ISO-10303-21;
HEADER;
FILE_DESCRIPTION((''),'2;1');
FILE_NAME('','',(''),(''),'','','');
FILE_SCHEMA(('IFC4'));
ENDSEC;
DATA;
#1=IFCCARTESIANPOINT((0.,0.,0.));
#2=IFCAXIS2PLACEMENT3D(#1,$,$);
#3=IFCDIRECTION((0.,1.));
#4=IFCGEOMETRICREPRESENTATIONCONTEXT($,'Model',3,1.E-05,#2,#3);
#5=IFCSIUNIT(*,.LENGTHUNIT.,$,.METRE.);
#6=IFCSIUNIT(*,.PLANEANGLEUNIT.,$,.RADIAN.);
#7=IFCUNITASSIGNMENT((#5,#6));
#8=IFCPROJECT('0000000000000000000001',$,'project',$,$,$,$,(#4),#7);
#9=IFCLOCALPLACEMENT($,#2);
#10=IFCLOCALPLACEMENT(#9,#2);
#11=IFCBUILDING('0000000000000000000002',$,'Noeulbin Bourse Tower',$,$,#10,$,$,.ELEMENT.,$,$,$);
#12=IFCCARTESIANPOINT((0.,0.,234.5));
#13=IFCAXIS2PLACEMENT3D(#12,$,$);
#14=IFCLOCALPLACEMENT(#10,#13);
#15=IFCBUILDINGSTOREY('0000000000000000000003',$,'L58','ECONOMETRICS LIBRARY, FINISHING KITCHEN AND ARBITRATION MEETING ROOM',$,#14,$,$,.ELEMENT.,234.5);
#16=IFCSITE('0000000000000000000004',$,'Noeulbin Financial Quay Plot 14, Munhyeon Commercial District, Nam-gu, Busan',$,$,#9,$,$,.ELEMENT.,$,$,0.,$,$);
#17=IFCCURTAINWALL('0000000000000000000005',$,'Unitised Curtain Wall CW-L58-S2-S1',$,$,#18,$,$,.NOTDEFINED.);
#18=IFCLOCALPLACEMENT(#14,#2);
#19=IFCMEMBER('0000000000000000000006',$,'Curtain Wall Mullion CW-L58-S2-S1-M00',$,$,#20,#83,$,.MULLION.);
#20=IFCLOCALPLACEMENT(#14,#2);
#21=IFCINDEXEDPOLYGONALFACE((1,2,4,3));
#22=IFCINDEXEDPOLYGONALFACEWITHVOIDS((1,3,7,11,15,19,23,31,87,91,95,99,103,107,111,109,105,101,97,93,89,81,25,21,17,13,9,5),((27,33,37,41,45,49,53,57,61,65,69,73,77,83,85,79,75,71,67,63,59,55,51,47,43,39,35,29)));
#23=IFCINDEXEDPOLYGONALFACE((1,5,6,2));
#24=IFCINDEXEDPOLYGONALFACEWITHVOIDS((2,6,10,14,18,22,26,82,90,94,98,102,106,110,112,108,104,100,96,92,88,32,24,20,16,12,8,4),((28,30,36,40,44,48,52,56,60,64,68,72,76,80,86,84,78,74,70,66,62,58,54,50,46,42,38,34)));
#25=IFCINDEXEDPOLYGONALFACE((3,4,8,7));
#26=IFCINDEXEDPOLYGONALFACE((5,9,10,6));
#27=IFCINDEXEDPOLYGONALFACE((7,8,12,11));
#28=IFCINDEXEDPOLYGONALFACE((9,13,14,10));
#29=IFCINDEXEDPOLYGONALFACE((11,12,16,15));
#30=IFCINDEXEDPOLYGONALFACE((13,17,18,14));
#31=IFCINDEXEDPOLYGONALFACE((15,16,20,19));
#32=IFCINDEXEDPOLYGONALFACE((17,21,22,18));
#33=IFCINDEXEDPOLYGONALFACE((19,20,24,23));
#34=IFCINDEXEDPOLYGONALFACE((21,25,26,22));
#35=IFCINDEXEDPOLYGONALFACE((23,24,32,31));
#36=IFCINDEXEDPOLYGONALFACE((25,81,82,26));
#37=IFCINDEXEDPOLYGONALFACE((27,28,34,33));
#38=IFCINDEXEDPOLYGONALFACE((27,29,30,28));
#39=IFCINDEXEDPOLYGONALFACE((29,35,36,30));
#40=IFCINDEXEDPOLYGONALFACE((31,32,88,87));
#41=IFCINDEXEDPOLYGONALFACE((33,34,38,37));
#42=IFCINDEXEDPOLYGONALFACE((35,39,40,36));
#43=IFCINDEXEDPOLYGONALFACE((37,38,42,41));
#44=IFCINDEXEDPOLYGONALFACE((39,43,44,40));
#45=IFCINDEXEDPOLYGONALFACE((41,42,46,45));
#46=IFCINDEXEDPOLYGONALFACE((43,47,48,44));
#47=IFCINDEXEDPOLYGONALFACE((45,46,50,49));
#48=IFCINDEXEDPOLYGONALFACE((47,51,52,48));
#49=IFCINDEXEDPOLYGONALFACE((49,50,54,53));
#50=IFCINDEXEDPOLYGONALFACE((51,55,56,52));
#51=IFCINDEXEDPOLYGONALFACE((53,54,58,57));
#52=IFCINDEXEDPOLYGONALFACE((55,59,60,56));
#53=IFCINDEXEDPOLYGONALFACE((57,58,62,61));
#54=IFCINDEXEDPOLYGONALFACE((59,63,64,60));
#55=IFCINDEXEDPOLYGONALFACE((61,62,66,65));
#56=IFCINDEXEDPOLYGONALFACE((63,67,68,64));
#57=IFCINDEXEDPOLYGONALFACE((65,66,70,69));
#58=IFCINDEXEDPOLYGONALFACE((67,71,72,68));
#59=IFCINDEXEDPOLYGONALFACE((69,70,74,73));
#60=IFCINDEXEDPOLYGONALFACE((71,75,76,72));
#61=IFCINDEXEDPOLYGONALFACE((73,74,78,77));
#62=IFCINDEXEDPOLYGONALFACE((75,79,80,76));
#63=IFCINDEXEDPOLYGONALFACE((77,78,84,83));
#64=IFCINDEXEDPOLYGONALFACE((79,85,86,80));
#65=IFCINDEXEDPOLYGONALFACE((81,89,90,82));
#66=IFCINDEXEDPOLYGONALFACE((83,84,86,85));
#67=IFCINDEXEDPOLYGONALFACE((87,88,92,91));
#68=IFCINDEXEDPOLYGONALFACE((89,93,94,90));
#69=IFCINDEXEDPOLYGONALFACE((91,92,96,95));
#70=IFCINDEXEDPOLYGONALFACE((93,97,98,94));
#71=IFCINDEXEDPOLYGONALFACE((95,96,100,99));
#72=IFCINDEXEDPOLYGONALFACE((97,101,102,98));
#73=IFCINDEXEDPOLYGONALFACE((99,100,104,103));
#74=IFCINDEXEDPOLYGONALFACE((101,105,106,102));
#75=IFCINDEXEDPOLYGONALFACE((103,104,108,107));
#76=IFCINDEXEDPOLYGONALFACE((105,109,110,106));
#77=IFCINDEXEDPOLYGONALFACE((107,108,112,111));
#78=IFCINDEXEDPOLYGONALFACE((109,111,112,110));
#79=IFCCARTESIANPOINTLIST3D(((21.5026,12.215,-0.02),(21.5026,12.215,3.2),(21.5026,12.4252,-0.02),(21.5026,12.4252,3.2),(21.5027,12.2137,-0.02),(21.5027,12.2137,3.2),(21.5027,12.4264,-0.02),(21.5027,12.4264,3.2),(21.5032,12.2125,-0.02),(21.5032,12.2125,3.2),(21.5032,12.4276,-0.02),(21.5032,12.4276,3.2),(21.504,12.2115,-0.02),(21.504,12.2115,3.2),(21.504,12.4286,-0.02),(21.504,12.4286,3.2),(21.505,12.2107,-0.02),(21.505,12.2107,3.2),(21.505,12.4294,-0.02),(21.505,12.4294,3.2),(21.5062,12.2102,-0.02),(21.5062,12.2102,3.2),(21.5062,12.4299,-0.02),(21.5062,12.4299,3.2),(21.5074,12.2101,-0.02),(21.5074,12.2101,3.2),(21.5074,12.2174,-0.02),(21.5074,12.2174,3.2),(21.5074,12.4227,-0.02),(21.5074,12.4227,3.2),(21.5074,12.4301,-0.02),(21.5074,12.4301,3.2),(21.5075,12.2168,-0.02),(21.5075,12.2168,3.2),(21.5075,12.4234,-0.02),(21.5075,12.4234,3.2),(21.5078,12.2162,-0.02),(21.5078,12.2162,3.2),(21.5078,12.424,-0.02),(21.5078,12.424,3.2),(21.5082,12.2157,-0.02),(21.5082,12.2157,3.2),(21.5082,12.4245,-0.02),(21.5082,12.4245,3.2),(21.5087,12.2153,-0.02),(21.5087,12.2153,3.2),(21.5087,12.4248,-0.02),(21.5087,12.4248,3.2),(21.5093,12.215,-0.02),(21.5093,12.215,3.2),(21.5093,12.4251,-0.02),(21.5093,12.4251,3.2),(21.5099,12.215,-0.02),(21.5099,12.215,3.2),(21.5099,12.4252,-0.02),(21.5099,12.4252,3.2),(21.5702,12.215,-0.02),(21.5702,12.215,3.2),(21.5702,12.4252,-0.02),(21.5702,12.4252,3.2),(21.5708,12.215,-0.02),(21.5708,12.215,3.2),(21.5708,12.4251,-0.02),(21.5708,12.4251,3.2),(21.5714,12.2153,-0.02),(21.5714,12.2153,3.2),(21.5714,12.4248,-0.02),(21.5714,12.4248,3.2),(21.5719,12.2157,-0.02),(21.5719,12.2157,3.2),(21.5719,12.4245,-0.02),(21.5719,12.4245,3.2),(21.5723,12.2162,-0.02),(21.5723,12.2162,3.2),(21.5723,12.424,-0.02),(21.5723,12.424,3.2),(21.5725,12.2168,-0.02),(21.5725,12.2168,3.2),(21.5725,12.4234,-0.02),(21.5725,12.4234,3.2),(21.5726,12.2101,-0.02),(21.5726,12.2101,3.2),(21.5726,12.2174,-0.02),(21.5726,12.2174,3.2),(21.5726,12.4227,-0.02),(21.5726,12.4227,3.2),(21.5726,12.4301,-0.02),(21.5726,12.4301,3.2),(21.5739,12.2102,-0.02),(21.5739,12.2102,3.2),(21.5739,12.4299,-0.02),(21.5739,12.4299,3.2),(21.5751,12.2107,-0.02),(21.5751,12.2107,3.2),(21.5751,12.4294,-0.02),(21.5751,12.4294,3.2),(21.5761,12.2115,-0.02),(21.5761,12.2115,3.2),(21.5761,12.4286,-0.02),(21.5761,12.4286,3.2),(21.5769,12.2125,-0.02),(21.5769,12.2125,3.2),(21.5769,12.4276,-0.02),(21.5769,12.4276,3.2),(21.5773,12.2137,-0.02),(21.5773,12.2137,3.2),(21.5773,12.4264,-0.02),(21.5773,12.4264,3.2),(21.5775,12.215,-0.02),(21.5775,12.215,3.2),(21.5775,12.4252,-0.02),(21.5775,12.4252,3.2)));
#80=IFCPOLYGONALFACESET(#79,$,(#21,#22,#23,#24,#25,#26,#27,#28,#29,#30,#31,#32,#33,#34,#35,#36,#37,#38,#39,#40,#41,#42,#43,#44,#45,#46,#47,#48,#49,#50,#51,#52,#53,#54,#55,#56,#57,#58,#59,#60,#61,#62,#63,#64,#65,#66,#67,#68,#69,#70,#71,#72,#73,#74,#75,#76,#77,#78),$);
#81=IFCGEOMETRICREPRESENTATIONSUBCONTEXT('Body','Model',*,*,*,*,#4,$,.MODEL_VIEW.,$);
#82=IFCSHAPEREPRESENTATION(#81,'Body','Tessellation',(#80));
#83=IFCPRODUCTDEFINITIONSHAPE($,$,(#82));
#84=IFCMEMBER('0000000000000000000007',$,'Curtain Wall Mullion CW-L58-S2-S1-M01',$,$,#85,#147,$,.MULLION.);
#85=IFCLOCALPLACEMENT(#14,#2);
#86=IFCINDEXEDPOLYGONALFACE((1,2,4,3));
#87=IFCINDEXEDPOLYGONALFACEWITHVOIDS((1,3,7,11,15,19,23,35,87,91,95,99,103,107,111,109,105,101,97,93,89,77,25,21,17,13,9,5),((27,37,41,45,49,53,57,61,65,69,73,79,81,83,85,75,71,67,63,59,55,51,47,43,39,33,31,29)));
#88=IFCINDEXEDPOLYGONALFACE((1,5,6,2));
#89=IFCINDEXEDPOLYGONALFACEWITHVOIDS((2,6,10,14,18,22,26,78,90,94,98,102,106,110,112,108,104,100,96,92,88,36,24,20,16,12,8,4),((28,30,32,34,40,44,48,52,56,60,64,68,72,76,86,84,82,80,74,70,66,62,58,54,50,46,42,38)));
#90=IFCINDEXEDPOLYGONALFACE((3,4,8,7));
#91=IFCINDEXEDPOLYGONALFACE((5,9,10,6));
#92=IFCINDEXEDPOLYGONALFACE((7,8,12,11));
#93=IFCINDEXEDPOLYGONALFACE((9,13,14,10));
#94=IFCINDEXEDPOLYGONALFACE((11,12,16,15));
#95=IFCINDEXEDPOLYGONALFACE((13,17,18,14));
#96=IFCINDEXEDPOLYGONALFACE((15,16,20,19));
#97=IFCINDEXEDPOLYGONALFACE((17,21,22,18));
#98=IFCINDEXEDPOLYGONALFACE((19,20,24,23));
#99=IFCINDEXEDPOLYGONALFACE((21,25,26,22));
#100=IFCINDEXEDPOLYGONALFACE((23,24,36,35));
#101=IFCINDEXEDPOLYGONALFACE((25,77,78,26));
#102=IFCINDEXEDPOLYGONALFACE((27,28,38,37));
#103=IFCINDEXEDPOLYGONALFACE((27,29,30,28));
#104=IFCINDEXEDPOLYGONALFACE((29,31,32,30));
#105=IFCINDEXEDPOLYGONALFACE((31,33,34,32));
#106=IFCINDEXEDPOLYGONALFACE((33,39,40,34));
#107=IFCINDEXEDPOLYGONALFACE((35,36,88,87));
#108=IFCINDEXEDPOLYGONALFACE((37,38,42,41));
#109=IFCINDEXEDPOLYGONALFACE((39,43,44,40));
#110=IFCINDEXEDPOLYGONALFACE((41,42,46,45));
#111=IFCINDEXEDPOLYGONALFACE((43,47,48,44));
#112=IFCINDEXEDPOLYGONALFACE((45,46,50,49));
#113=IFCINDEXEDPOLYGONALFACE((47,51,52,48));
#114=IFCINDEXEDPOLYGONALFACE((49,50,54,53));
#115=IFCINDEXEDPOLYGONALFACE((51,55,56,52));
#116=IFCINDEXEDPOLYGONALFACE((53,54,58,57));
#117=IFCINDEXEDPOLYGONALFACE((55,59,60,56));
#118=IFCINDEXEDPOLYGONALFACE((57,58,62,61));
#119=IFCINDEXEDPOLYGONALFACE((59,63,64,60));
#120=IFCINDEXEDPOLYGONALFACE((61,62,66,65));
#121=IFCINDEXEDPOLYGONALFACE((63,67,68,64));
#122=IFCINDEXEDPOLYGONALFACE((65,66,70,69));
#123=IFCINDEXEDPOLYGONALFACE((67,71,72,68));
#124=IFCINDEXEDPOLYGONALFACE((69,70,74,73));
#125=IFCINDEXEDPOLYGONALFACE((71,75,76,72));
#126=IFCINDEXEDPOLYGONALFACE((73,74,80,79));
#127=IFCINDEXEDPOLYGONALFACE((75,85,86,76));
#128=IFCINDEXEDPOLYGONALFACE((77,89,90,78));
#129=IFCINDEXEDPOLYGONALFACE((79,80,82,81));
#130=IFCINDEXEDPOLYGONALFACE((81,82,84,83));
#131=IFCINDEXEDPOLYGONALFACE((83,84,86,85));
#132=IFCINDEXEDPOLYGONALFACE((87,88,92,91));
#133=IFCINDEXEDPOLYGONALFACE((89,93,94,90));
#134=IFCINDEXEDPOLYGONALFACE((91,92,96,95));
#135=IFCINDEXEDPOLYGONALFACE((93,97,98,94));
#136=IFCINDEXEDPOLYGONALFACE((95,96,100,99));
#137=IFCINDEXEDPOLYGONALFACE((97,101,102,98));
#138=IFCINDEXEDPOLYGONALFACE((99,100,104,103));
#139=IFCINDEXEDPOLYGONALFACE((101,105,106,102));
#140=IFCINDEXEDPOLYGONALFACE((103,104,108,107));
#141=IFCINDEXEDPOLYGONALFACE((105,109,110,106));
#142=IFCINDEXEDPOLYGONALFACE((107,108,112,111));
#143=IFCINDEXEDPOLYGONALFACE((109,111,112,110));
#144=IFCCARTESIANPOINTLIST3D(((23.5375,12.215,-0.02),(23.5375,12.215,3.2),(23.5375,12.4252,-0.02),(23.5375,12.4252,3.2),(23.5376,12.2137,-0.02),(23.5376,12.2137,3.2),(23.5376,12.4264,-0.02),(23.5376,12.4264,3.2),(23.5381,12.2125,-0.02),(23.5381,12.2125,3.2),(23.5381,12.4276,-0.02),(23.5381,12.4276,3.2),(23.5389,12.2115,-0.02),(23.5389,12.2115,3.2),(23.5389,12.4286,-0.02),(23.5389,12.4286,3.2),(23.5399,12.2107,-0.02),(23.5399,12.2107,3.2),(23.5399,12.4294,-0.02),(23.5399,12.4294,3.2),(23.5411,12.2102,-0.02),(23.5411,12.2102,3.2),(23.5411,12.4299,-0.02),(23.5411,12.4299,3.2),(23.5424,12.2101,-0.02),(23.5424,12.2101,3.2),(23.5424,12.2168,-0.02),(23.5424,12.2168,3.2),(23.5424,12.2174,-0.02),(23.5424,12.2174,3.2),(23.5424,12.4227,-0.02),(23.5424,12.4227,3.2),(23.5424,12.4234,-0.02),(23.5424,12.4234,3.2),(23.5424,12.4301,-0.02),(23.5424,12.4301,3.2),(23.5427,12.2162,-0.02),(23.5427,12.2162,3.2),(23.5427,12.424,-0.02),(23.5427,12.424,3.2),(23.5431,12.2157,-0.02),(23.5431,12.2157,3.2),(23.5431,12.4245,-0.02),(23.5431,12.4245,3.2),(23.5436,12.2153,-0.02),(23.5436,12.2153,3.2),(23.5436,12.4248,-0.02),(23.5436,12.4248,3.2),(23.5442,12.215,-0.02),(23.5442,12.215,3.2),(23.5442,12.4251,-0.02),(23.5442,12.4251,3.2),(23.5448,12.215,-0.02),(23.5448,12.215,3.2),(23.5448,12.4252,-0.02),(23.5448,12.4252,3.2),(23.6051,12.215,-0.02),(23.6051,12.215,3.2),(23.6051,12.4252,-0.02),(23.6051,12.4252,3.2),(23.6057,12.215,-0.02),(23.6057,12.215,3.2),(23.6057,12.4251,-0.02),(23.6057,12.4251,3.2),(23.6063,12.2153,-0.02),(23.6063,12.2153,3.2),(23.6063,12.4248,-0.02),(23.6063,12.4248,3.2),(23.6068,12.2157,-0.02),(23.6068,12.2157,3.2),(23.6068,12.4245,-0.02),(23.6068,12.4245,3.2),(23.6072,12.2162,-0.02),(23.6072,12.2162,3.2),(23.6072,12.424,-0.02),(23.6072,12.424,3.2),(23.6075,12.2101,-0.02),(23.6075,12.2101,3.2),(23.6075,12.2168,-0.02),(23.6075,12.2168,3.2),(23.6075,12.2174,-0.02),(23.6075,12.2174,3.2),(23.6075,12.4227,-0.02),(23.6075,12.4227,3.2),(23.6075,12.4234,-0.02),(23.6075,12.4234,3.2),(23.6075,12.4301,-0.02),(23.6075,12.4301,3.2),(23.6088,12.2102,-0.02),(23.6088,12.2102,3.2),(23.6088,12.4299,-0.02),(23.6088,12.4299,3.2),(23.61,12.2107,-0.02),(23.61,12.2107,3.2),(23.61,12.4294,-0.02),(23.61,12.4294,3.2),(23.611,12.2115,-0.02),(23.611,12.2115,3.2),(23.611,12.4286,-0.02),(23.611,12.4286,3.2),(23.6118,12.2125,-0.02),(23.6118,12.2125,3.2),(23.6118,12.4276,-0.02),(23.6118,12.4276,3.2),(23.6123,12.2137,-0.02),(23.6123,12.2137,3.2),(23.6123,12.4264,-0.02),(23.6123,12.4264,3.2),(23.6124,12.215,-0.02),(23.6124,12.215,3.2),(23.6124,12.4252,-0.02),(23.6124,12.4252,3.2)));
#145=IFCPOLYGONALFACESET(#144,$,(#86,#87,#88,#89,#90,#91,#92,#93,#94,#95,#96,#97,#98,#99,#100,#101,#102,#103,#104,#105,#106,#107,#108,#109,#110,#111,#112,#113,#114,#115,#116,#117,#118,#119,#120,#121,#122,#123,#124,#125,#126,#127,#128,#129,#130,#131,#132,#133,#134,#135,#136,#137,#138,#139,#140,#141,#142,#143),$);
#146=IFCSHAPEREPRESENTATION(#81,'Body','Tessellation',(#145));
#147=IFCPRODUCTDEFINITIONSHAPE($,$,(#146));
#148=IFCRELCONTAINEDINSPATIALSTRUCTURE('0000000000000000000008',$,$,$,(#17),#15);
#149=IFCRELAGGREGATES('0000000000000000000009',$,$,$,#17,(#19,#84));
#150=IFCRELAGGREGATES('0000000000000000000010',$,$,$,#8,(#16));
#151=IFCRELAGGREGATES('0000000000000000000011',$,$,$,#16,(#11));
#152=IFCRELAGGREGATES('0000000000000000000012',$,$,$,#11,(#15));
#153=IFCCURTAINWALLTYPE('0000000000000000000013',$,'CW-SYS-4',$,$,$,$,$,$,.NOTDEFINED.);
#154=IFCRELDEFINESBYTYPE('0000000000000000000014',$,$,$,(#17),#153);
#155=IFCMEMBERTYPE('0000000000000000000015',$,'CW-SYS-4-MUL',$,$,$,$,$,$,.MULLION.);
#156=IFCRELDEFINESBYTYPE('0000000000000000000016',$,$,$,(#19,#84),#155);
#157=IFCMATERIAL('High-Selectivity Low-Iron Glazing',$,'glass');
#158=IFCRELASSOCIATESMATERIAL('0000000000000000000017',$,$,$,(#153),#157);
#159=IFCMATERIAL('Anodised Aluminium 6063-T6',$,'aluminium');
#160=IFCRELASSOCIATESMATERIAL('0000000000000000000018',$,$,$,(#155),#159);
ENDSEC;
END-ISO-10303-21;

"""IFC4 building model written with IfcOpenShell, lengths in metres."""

from ifc_helpers import new_model, si_unit, direction, frame, origin, origin_2d, place, context, subcontext, project, spatial, hollow_rectangle, extrude, material, material_profile, profile_set, type_object, element, aggregate, save


model = new_model("IFC4")

# Units and contexts
model_context = context("Model", 3, precision=1e-05, world=origin(), true_north=direction((0.0, 1.0)))
body_context = subcontext(model_context, "Body", "Model", "MODEL_VIEW")
ifc_project = project(units=[si_unit("LENGTHUNIT", "METRE"), si_unit("PLANEANGLEUNIT", "RADIAN")], contexts=[model_context])

# Site, building, storey
site_placement = place(None, origin())
site = spatial("IfcSite", under=ifc_project, at=site_placement, Name="Noeulbin Financial Quay Plot 14, Munhyeon Commercial District, Nam-gu, Busan", CompositionType="ELEMENT", RefElevation=0.0)
building_placement = place(site_placement, origin())
building = spatial("IfcBuilding", under=site, at=building_placement, Name="Noeulbin Bourse Tower", CompositionType="ELEMENT")
storey_placement = place(building_placement, frame((0.0, 0.0, 234.5)))
storey = spatial("IfcBuildingStorey", under=building, at=storey_placement, Name="L58", Description="ECONOMETRICS LIBRARY, FINISHING KITCHEN AND ARBITRATION MEETING ROOM", CompositionType="ELEMENT", Elevation=234.5)

# Curtain wall, members
ifc_material_1 = material(Name="High-Selectivity Low-Iron Glazing", Category="glass")
curtain_wall_type = type_object("IfcCurtainWallType", Name="CW-SYS-4", PredefinedType="NOTDEFINED", material=ifc_material_1)
ifc_material_2 = material(Name="Anodised Aluminium 6063-T6", Category="aluminium")
ifc_material_profile_1 = material_profile(ifc_material_2, hollow_rectangle(XDim=0.075, YDim=0.22, WallThickness=0.0049, InnerFilletRadius=0.0024, OuterFilletRadius=0.0049, at=origin_2d()), Name="ALU-MULL-75x220x5", Category="LoadBearing")
ifc_profile_set_1 = profile_set([ifc_material_profile_1], Name="Anodised Aluminium 6063-T6")
member_type_1 = type_object("IfcMemberType", Name="CW-SYS-4-MUL", PredefinedType="MULLION", material=ifc_profile_set_1)
curtain_wall_1_placement = place(storey_placement, origin())
curtain_wall_1 = element("IfcCurtainWall", 1, at=curtain_wall_1_placement, inside=storey, type_object=curtain_wall_type, Name="Unitised Curtain Wall CW-L58-S2-S1", PredefinedType="NOTDEFINED")
member_1_placement = place(storey_placement, frame((21.54, 12.3201, -0.02), z_axis=(0.0, 0.0, 1.0), x_axis=(1.0, 0.0, 0.0)))
member_1 = element("IfcMember", 2, at=member_1_placement, type_object=member_type_1, Name="Curtain Wall Mullion CW-L58-S2-S1-M00", PredefinedType="MULLION", context=body_context, shape_type="SweptSolid", body=[
    extrude(hollow_rectangle(XDim=0.075, YDim=0.22, WallThickness=0.0049, InnerFilletRadius=0.0024, OuterFilletRadius=0.0049, at=origin_2d()), origin(), (0.0, 0.0, 1.0), 3.22),
])
member_2_placement = place(storey_placement, frame((23.575, 12.3201, -0.02), z_axis=(0.0, 0.0, 1.0), x_axis=(1.0, 0.0, 0.0)))
member_2 = element("IfcMember", 3, at=member_2_placement, type_object=member_type_1, Name="Curtain Wall Mullion CW-L58-S2-S1-M01", PredefinedType="MULLION", context=body_context, shape_type="SweptSolid", body=[
    extrude(hollow_rectangle(XDim=0.075, YDim=0.22, WallThickness=0.0049, InnerFilletRadius=0.0024, OuterFilletRadius=0.0049, at=origin_2d()), origin(), (0.0, 0.0, 1.0), 3.22),
])

aggregate(curtain_wall_1, [member_1, member_2])

save(model, "model.ifc")
